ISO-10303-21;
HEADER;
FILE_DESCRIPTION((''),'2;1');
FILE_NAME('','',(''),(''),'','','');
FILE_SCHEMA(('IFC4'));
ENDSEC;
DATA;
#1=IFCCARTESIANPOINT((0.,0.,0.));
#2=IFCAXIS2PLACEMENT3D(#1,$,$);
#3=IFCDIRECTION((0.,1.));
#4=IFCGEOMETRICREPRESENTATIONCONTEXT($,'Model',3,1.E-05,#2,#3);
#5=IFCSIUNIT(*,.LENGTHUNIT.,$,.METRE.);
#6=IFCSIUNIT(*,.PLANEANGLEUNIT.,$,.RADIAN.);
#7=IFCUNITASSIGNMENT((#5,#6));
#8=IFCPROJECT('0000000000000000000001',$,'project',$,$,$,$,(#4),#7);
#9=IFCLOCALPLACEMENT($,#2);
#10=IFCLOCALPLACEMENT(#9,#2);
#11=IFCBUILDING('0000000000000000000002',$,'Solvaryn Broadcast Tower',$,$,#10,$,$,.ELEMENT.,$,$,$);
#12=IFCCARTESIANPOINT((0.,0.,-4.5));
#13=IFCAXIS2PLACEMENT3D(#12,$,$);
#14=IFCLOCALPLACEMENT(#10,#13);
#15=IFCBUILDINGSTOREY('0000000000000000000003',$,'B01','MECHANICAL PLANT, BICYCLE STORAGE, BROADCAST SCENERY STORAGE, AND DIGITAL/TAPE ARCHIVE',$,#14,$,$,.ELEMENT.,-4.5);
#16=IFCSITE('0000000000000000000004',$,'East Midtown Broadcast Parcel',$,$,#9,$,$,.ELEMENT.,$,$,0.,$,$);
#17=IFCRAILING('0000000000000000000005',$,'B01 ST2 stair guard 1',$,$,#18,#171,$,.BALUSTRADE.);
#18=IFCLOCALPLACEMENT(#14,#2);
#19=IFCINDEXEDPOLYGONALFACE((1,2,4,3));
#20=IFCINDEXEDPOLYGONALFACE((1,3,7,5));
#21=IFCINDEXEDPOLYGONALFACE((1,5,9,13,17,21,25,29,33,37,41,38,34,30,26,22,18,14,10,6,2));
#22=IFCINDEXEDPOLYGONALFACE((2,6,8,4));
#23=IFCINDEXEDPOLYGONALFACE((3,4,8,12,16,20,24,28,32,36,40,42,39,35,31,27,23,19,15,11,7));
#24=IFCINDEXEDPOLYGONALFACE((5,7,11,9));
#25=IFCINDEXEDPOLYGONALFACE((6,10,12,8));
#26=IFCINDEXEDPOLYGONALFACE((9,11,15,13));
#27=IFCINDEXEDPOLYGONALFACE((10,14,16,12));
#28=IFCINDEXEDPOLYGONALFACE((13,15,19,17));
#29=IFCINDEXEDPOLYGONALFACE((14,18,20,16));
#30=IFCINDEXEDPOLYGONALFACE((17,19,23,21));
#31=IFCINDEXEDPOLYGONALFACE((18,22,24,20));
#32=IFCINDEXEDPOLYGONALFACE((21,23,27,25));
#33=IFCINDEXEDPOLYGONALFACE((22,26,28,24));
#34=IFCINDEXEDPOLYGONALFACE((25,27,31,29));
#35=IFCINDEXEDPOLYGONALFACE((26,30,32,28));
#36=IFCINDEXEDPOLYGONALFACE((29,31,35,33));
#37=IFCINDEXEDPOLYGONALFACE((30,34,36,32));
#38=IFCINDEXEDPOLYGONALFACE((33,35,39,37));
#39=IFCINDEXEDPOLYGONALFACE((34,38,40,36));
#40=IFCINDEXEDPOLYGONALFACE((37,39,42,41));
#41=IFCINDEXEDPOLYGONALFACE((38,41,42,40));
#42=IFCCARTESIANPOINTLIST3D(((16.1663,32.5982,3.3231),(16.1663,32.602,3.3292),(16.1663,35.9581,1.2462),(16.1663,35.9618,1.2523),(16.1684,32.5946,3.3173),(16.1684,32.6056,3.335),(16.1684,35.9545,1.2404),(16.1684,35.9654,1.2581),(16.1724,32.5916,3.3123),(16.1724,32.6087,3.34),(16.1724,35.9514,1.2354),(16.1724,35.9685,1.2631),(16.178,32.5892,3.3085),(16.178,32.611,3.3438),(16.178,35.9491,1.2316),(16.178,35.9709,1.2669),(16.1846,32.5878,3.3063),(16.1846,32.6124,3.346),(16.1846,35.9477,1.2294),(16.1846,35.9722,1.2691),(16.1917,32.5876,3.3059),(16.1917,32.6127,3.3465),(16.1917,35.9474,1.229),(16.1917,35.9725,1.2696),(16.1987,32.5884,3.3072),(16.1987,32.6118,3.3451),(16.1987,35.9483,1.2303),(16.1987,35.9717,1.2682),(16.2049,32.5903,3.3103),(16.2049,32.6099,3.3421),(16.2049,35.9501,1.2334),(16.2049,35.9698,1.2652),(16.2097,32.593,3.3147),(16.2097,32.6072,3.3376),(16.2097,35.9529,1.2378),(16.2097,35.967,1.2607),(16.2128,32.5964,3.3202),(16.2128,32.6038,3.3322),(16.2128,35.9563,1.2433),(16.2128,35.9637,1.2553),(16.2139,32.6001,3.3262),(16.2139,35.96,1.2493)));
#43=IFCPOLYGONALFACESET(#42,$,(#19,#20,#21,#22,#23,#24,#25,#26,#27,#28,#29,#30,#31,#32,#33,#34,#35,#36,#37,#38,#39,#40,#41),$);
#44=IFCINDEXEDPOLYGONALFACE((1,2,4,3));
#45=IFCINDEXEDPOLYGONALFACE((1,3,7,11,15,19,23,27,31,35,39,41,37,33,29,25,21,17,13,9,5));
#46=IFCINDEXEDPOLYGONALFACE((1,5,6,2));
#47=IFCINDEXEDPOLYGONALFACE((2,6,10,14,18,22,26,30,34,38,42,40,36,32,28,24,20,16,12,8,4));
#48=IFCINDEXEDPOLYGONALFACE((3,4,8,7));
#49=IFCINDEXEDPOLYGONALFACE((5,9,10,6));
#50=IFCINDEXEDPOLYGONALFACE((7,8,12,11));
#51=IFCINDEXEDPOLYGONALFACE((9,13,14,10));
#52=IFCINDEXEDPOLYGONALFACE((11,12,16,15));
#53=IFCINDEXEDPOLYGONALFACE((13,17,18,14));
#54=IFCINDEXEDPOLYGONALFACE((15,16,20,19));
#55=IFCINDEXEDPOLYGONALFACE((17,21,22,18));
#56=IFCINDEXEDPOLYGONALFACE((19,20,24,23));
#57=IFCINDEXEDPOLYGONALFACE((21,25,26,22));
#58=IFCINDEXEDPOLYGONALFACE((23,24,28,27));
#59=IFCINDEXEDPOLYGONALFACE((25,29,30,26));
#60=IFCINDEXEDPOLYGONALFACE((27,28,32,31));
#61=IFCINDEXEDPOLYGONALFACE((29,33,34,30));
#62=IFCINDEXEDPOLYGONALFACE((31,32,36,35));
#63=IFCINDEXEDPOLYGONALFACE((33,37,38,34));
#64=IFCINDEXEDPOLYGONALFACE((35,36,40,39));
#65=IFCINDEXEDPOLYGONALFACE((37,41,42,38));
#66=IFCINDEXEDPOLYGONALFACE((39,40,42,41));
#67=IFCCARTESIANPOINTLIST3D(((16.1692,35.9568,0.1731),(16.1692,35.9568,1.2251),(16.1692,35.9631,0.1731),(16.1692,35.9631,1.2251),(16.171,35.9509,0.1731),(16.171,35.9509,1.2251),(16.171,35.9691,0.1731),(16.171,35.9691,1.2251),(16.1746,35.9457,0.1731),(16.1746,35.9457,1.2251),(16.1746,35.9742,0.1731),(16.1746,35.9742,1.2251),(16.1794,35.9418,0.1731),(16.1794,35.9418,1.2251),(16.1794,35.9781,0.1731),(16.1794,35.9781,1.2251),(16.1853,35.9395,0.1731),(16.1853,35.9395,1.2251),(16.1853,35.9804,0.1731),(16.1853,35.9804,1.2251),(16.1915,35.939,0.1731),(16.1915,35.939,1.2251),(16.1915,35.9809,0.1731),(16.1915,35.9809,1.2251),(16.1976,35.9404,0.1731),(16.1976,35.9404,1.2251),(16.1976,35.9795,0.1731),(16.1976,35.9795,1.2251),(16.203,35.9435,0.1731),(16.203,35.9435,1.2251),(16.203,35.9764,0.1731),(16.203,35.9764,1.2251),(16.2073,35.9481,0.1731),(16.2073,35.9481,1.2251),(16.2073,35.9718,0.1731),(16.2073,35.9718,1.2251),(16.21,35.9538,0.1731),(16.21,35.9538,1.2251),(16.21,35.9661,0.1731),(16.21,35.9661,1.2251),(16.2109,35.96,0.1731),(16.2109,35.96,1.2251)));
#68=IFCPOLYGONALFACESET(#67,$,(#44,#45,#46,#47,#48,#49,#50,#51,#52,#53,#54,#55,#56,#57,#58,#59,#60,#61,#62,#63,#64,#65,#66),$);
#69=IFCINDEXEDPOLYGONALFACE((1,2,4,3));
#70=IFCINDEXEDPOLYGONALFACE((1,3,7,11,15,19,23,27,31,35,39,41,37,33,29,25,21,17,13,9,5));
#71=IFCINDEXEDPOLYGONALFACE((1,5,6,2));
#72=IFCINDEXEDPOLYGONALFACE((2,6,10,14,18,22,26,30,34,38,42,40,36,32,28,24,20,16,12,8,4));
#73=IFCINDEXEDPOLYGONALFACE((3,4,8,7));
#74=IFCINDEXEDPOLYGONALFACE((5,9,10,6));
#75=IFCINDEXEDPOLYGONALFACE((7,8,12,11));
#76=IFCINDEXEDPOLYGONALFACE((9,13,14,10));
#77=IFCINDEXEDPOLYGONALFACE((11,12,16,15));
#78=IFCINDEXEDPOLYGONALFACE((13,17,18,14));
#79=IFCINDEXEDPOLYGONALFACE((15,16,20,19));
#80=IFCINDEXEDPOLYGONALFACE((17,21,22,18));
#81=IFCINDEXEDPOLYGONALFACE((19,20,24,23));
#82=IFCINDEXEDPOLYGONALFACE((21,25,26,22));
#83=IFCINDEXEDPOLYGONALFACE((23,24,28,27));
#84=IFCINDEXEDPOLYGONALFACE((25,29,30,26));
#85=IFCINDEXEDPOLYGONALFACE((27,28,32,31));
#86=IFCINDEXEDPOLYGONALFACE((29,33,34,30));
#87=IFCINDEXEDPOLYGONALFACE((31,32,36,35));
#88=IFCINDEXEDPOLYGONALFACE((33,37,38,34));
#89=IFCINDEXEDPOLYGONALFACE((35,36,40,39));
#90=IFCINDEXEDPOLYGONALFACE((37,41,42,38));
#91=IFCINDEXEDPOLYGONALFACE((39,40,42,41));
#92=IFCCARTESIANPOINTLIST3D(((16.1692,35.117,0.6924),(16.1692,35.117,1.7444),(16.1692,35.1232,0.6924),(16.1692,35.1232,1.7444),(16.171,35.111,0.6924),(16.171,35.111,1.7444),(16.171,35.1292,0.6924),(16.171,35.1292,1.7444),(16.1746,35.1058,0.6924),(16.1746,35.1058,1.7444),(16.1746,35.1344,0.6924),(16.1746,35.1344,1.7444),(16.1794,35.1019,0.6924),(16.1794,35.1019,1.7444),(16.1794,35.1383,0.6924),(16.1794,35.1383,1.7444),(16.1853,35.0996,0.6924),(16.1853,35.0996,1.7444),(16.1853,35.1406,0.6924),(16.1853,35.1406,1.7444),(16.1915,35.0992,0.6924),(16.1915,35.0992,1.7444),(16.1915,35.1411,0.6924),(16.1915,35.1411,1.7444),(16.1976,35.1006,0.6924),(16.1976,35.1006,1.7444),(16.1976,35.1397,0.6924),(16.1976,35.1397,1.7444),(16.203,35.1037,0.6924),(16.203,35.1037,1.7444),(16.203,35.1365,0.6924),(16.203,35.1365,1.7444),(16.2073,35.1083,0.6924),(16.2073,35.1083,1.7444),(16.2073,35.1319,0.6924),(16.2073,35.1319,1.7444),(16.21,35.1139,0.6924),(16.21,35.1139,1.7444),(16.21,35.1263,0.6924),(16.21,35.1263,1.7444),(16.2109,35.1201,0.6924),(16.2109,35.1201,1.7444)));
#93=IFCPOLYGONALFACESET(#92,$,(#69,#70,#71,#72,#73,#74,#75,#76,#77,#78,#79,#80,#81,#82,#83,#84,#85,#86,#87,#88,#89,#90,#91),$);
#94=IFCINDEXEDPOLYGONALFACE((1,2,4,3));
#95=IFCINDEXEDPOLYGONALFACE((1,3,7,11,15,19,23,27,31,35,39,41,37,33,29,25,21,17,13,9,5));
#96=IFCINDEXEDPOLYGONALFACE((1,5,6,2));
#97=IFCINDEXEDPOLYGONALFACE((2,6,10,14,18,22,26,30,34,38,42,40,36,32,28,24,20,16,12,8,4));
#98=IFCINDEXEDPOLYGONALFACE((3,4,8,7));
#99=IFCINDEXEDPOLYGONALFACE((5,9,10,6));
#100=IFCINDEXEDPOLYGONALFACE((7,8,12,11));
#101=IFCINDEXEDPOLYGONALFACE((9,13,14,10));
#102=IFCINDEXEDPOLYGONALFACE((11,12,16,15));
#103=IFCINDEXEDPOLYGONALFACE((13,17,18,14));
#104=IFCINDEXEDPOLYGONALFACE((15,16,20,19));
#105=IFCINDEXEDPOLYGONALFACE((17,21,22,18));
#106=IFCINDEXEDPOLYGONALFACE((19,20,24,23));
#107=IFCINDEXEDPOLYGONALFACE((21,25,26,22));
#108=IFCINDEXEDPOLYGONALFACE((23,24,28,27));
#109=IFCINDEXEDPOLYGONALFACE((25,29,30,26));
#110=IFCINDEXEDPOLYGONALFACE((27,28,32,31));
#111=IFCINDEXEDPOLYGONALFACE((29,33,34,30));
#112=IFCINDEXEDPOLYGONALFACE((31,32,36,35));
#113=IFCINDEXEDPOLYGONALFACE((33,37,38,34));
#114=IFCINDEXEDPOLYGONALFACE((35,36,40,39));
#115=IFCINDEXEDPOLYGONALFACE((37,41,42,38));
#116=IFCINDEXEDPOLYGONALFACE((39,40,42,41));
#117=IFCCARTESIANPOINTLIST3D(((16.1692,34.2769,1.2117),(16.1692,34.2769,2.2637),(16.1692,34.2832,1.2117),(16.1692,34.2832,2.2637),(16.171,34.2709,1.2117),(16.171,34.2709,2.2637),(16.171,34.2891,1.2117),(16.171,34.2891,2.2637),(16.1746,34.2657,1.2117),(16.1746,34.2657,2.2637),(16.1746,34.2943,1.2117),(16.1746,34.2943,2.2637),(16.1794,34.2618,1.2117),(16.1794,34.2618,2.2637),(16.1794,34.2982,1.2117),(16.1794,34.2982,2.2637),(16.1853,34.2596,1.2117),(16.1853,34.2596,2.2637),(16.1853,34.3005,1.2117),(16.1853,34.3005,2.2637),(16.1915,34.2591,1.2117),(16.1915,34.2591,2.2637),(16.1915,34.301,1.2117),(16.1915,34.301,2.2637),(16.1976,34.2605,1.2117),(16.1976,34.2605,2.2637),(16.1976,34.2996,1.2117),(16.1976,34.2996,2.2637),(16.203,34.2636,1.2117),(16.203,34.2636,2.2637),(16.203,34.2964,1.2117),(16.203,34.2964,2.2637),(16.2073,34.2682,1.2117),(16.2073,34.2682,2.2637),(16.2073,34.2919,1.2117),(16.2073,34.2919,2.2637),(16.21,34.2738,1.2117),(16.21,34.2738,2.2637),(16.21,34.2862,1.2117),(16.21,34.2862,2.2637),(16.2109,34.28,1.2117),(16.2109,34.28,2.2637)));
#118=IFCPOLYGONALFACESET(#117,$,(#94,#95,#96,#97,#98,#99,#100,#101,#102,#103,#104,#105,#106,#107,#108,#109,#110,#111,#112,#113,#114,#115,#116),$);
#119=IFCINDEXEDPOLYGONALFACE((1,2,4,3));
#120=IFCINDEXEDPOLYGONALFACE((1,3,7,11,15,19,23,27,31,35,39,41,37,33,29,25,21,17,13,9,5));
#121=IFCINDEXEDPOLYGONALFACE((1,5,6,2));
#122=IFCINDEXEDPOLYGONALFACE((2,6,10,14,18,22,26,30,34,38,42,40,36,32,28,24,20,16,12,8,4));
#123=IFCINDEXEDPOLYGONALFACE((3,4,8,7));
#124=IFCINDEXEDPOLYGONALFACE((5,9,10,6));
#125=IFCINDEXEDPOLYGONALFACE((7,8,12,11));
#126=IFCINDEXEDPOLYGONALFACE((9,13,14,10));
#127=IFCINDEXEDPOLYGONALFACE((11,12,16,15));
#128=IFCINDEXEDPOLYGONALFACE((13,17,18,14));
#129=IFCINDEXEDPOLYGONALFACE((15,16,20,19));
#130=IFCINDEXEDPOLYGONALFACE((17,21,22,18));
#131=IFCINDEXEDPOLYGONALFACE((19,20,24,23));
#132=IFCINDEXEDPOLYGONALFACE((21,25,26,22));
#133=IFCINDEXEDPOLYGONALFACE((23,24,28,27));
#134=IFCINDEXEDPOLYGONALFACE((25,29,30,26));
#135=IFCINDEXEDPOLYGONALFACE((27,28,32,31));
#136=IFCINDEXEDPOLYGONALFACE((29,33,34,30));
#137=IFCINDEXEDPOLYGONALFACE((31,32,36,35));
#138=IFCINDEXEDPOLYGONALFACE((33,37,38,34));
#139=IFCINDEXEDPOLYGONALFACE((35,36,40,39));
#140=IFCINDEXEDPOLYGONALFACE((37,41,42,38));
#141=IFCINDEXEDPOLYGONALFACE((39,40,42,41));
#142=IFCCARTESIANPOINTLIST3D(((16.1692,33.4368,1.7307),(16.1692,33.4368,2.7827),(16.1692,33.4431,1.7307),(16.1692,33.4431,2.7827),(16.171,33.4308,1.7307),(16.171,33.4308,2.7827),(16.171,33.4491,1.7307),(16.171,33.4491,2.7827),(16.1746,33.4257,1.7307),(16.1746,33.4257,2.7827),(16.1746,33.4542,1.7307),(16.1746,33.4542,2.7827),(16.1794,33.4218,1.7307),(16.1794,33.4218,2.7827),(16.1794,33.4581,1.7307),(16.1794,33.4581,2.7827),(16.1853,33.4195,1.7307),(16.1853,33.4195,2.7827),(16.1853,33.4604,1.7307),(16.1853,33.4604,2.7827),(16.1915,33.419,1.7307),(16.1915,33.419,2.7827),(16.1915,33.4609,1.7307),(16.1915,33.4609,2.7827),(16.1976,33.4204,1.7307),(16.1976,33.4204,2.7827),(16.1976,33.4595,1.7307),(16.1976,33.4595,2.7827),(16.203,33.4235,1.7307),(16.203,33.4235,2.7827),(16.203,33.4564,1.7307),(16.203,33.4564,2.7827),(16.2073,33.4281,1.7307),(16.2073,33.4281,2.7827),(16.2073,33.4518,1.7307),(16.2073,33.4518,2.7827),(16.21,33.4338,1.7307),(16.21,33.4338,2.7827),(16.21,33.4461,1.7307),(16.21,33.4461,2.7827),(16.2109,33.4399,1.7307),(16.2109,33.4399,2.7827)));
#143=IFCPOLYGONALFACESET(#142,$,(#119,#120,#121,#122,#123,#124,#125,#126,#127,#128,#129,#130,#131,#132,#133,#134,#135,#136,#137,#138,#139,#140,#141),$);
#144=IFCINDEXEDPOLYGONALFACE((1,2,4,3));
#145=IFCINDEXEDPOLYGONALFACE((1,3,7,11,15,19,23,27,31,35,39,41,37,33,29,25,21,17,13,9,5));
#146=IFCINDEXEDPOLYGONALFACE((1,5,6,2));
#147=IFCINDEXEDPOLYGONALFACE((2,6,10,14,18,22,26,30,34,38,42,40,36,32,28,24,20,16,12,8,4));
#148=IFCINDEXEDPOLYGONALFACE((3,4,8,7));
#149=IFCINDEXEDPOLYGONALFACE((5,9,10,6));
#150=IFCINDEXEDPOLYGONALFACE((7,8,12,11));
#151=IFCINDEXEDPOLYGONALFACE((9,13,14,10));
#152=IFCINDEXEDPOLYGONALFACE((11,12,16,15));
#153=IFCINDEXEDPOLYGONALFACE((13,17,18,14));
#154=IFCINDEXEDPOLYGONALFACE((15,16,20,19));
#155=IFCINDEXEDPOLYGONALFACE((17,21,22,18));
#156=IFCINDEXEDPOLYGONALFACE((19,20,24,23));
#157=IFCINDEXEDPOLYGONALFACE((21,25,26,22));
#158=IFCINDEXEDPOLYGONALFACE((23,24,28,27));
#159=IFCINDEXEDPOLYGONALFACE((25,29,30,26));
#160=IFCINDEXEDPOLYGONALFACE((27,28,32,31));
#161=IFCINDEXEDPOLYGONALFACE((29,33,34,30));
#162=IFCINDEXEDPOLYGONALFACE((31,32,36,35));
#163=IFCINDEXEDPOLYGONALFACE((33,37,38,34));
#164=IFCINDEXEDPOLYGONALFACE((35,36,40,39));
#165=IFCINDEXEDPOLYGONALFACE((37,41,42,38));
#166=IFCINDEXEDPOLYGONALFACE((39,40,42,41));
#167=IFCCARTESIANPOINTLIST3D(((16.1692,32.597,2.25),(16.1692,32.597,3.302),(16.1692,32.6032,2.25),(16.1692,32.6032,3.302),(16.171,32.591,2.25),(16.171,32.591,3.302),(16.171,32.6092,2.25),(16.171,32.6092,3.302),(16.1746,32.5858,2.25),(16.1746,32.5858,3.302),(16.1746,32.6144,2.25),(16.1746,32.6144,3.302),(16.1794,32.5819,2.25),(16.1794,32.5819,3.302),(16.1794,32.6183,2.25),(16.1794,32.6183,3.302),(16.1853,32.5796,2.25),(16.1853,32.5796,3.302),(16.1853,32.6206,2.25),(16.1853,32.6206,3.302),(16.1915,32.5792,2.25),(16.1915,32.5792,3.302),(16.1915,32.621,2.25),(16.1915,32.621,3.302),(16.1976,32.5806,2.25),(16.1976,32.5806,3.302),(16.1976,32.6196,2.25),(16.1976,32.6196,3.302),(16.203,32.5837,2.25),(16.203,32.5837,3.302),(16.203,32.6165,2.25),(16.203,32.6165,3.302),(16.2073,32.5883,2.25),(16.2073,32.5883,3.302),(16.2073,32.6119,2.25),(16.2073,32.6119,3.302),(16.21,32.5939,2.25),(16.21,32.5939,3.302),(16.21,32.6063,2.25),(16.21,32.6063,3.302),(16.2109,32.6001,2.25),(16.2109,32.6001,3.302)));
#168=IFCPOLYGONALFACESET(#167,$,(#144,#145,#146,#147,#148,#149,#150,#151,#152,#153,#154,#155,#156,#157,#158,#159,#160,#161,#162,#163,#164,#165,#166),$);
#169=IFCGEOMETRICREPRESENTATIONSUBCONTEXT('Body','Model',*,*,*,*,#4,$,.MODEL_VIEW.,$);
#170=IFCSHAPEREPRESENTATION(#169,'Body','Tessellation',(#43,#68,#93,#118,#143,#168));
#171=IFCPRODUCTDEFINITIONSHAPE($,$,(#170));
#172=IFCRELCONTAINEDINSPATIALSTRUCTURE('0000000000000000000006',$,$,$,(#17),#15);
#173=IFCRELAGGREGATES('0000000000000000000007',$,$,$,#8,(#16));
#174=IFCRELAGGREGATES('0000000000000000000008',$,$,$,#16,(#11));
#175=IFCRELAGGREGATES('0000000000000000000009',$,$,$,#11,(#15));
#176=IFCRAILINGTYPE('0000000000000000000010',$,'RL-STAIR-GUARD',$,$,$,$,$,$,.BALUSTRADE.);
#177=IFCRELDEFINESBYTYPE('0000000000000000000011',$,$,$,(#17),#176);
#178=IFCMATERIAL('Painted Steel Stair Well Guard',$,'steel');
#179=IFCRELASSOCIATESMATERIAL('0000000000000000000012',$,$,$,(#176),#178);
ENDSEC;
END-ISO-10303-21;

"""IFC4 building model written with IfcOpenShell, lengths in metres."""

from ifc_helpers import new_model, si_unit, direction, frame, origin, origin_2d, place, context, subcontext, project, spatial, circle, extrude, material, type_object, element, save


model = new_model("IFC4")

# Units and contexts
model_context = context("Model", 3, precision=1e-05, world=origin(), true_north=direction((0.0, 1.0)))
body_context = subcontext(model_context, "Body", "Model", "MODEL_VIEW")
ifc_project = project(units=[si_unit("LENGTHUNIT", "METRE"), si_unit("PLANEANGLEUNIT", "RADIAN")], contexts=[model_context])

# Site, building, storey
site_placement = place(None, origin())
site = spatial("IfcSite", under=ifc_project, at=site_placement, Name="East Midtown Broadcast Parcel", CompositionType="ELEMENT", RefElevation=0.0)
building_placement = place(site_placement, origin())
building = spatial("IfcBuilding", under=site, at=building_placement, Name="Solvaryn Broadcast Tower", CompositionType="ELEMENT")
storey_placement = place(building_placement, frame((0.0, 0.0, -4.5)))
storey = spatial("IfcBuildingStorey", under=building, at=storey_placement, Name="B01", Description="MECHANICAL PLANT, BICYCLE STORAGE, BROADCAST SCENERY STORAGE, AND DIGITAL/TAPE ARCHIVE", CompositionType="ELEMENT", Elevation=-4.5)

# Railing
ifc_material_1 = material(Name="Painted Steel Stair Well Guard", Category="steel")
railing_type_1 = type_object("IfcRailingType", Name="RL-STAIR-GUARD", PredefinedType="BALUSTRADE", material=ifc_material_1)
railing_1_placement = place(storey_placement, frame((16.1899, 35.96, 0.1731)))
element("IfcRailing", 1, at=railing_1_placement, inside=storey, type_object=railing_type_1, Name="B01 ST2 stair guard 1", PredefinedType="BALUSTRADE", context=body_context, shape_type="SweptSolid", body=[
    extrude(circle(Radius=0.0239, at=origin_2d()), frame((0.0, 0.0, 1.0762), z_axis=(0.0, -0.850606, 0.525803), x_axis=(1.0, 0.0, 0.0)), (0.0, 0.0, 1.0), 3.95),
    extrude(circle(Radius=0.021, at=origin_2d()), origin(), (0.0, 0.0, 1.0), 1.052),
    extrude(circle(Radius=0.021, at=origin_2d()), frame((0.0, -0.8398, 0.5193)), (0.0, 0.0, 1.0), 1.052),
    extrude(circle(Radius=0.021, at=origin_2d()), frame((0.0, -1.6799, 1.0386)), (0.0, 0.0, 1.0), 1.052),
    extrude(circle(Radius=0.021, at=origin_2d()), frame((0.0, -2.52, 1.5576)), (0.0, 0.0, 1.0), 1.052),
    extrude(circle(Radius=0.021, at=origin_2d()), frame((0.0, -3.3599, 2.0769)), (0.0, 0.0, 1.0), 1.052),
])

save(model, "model.ifc")
